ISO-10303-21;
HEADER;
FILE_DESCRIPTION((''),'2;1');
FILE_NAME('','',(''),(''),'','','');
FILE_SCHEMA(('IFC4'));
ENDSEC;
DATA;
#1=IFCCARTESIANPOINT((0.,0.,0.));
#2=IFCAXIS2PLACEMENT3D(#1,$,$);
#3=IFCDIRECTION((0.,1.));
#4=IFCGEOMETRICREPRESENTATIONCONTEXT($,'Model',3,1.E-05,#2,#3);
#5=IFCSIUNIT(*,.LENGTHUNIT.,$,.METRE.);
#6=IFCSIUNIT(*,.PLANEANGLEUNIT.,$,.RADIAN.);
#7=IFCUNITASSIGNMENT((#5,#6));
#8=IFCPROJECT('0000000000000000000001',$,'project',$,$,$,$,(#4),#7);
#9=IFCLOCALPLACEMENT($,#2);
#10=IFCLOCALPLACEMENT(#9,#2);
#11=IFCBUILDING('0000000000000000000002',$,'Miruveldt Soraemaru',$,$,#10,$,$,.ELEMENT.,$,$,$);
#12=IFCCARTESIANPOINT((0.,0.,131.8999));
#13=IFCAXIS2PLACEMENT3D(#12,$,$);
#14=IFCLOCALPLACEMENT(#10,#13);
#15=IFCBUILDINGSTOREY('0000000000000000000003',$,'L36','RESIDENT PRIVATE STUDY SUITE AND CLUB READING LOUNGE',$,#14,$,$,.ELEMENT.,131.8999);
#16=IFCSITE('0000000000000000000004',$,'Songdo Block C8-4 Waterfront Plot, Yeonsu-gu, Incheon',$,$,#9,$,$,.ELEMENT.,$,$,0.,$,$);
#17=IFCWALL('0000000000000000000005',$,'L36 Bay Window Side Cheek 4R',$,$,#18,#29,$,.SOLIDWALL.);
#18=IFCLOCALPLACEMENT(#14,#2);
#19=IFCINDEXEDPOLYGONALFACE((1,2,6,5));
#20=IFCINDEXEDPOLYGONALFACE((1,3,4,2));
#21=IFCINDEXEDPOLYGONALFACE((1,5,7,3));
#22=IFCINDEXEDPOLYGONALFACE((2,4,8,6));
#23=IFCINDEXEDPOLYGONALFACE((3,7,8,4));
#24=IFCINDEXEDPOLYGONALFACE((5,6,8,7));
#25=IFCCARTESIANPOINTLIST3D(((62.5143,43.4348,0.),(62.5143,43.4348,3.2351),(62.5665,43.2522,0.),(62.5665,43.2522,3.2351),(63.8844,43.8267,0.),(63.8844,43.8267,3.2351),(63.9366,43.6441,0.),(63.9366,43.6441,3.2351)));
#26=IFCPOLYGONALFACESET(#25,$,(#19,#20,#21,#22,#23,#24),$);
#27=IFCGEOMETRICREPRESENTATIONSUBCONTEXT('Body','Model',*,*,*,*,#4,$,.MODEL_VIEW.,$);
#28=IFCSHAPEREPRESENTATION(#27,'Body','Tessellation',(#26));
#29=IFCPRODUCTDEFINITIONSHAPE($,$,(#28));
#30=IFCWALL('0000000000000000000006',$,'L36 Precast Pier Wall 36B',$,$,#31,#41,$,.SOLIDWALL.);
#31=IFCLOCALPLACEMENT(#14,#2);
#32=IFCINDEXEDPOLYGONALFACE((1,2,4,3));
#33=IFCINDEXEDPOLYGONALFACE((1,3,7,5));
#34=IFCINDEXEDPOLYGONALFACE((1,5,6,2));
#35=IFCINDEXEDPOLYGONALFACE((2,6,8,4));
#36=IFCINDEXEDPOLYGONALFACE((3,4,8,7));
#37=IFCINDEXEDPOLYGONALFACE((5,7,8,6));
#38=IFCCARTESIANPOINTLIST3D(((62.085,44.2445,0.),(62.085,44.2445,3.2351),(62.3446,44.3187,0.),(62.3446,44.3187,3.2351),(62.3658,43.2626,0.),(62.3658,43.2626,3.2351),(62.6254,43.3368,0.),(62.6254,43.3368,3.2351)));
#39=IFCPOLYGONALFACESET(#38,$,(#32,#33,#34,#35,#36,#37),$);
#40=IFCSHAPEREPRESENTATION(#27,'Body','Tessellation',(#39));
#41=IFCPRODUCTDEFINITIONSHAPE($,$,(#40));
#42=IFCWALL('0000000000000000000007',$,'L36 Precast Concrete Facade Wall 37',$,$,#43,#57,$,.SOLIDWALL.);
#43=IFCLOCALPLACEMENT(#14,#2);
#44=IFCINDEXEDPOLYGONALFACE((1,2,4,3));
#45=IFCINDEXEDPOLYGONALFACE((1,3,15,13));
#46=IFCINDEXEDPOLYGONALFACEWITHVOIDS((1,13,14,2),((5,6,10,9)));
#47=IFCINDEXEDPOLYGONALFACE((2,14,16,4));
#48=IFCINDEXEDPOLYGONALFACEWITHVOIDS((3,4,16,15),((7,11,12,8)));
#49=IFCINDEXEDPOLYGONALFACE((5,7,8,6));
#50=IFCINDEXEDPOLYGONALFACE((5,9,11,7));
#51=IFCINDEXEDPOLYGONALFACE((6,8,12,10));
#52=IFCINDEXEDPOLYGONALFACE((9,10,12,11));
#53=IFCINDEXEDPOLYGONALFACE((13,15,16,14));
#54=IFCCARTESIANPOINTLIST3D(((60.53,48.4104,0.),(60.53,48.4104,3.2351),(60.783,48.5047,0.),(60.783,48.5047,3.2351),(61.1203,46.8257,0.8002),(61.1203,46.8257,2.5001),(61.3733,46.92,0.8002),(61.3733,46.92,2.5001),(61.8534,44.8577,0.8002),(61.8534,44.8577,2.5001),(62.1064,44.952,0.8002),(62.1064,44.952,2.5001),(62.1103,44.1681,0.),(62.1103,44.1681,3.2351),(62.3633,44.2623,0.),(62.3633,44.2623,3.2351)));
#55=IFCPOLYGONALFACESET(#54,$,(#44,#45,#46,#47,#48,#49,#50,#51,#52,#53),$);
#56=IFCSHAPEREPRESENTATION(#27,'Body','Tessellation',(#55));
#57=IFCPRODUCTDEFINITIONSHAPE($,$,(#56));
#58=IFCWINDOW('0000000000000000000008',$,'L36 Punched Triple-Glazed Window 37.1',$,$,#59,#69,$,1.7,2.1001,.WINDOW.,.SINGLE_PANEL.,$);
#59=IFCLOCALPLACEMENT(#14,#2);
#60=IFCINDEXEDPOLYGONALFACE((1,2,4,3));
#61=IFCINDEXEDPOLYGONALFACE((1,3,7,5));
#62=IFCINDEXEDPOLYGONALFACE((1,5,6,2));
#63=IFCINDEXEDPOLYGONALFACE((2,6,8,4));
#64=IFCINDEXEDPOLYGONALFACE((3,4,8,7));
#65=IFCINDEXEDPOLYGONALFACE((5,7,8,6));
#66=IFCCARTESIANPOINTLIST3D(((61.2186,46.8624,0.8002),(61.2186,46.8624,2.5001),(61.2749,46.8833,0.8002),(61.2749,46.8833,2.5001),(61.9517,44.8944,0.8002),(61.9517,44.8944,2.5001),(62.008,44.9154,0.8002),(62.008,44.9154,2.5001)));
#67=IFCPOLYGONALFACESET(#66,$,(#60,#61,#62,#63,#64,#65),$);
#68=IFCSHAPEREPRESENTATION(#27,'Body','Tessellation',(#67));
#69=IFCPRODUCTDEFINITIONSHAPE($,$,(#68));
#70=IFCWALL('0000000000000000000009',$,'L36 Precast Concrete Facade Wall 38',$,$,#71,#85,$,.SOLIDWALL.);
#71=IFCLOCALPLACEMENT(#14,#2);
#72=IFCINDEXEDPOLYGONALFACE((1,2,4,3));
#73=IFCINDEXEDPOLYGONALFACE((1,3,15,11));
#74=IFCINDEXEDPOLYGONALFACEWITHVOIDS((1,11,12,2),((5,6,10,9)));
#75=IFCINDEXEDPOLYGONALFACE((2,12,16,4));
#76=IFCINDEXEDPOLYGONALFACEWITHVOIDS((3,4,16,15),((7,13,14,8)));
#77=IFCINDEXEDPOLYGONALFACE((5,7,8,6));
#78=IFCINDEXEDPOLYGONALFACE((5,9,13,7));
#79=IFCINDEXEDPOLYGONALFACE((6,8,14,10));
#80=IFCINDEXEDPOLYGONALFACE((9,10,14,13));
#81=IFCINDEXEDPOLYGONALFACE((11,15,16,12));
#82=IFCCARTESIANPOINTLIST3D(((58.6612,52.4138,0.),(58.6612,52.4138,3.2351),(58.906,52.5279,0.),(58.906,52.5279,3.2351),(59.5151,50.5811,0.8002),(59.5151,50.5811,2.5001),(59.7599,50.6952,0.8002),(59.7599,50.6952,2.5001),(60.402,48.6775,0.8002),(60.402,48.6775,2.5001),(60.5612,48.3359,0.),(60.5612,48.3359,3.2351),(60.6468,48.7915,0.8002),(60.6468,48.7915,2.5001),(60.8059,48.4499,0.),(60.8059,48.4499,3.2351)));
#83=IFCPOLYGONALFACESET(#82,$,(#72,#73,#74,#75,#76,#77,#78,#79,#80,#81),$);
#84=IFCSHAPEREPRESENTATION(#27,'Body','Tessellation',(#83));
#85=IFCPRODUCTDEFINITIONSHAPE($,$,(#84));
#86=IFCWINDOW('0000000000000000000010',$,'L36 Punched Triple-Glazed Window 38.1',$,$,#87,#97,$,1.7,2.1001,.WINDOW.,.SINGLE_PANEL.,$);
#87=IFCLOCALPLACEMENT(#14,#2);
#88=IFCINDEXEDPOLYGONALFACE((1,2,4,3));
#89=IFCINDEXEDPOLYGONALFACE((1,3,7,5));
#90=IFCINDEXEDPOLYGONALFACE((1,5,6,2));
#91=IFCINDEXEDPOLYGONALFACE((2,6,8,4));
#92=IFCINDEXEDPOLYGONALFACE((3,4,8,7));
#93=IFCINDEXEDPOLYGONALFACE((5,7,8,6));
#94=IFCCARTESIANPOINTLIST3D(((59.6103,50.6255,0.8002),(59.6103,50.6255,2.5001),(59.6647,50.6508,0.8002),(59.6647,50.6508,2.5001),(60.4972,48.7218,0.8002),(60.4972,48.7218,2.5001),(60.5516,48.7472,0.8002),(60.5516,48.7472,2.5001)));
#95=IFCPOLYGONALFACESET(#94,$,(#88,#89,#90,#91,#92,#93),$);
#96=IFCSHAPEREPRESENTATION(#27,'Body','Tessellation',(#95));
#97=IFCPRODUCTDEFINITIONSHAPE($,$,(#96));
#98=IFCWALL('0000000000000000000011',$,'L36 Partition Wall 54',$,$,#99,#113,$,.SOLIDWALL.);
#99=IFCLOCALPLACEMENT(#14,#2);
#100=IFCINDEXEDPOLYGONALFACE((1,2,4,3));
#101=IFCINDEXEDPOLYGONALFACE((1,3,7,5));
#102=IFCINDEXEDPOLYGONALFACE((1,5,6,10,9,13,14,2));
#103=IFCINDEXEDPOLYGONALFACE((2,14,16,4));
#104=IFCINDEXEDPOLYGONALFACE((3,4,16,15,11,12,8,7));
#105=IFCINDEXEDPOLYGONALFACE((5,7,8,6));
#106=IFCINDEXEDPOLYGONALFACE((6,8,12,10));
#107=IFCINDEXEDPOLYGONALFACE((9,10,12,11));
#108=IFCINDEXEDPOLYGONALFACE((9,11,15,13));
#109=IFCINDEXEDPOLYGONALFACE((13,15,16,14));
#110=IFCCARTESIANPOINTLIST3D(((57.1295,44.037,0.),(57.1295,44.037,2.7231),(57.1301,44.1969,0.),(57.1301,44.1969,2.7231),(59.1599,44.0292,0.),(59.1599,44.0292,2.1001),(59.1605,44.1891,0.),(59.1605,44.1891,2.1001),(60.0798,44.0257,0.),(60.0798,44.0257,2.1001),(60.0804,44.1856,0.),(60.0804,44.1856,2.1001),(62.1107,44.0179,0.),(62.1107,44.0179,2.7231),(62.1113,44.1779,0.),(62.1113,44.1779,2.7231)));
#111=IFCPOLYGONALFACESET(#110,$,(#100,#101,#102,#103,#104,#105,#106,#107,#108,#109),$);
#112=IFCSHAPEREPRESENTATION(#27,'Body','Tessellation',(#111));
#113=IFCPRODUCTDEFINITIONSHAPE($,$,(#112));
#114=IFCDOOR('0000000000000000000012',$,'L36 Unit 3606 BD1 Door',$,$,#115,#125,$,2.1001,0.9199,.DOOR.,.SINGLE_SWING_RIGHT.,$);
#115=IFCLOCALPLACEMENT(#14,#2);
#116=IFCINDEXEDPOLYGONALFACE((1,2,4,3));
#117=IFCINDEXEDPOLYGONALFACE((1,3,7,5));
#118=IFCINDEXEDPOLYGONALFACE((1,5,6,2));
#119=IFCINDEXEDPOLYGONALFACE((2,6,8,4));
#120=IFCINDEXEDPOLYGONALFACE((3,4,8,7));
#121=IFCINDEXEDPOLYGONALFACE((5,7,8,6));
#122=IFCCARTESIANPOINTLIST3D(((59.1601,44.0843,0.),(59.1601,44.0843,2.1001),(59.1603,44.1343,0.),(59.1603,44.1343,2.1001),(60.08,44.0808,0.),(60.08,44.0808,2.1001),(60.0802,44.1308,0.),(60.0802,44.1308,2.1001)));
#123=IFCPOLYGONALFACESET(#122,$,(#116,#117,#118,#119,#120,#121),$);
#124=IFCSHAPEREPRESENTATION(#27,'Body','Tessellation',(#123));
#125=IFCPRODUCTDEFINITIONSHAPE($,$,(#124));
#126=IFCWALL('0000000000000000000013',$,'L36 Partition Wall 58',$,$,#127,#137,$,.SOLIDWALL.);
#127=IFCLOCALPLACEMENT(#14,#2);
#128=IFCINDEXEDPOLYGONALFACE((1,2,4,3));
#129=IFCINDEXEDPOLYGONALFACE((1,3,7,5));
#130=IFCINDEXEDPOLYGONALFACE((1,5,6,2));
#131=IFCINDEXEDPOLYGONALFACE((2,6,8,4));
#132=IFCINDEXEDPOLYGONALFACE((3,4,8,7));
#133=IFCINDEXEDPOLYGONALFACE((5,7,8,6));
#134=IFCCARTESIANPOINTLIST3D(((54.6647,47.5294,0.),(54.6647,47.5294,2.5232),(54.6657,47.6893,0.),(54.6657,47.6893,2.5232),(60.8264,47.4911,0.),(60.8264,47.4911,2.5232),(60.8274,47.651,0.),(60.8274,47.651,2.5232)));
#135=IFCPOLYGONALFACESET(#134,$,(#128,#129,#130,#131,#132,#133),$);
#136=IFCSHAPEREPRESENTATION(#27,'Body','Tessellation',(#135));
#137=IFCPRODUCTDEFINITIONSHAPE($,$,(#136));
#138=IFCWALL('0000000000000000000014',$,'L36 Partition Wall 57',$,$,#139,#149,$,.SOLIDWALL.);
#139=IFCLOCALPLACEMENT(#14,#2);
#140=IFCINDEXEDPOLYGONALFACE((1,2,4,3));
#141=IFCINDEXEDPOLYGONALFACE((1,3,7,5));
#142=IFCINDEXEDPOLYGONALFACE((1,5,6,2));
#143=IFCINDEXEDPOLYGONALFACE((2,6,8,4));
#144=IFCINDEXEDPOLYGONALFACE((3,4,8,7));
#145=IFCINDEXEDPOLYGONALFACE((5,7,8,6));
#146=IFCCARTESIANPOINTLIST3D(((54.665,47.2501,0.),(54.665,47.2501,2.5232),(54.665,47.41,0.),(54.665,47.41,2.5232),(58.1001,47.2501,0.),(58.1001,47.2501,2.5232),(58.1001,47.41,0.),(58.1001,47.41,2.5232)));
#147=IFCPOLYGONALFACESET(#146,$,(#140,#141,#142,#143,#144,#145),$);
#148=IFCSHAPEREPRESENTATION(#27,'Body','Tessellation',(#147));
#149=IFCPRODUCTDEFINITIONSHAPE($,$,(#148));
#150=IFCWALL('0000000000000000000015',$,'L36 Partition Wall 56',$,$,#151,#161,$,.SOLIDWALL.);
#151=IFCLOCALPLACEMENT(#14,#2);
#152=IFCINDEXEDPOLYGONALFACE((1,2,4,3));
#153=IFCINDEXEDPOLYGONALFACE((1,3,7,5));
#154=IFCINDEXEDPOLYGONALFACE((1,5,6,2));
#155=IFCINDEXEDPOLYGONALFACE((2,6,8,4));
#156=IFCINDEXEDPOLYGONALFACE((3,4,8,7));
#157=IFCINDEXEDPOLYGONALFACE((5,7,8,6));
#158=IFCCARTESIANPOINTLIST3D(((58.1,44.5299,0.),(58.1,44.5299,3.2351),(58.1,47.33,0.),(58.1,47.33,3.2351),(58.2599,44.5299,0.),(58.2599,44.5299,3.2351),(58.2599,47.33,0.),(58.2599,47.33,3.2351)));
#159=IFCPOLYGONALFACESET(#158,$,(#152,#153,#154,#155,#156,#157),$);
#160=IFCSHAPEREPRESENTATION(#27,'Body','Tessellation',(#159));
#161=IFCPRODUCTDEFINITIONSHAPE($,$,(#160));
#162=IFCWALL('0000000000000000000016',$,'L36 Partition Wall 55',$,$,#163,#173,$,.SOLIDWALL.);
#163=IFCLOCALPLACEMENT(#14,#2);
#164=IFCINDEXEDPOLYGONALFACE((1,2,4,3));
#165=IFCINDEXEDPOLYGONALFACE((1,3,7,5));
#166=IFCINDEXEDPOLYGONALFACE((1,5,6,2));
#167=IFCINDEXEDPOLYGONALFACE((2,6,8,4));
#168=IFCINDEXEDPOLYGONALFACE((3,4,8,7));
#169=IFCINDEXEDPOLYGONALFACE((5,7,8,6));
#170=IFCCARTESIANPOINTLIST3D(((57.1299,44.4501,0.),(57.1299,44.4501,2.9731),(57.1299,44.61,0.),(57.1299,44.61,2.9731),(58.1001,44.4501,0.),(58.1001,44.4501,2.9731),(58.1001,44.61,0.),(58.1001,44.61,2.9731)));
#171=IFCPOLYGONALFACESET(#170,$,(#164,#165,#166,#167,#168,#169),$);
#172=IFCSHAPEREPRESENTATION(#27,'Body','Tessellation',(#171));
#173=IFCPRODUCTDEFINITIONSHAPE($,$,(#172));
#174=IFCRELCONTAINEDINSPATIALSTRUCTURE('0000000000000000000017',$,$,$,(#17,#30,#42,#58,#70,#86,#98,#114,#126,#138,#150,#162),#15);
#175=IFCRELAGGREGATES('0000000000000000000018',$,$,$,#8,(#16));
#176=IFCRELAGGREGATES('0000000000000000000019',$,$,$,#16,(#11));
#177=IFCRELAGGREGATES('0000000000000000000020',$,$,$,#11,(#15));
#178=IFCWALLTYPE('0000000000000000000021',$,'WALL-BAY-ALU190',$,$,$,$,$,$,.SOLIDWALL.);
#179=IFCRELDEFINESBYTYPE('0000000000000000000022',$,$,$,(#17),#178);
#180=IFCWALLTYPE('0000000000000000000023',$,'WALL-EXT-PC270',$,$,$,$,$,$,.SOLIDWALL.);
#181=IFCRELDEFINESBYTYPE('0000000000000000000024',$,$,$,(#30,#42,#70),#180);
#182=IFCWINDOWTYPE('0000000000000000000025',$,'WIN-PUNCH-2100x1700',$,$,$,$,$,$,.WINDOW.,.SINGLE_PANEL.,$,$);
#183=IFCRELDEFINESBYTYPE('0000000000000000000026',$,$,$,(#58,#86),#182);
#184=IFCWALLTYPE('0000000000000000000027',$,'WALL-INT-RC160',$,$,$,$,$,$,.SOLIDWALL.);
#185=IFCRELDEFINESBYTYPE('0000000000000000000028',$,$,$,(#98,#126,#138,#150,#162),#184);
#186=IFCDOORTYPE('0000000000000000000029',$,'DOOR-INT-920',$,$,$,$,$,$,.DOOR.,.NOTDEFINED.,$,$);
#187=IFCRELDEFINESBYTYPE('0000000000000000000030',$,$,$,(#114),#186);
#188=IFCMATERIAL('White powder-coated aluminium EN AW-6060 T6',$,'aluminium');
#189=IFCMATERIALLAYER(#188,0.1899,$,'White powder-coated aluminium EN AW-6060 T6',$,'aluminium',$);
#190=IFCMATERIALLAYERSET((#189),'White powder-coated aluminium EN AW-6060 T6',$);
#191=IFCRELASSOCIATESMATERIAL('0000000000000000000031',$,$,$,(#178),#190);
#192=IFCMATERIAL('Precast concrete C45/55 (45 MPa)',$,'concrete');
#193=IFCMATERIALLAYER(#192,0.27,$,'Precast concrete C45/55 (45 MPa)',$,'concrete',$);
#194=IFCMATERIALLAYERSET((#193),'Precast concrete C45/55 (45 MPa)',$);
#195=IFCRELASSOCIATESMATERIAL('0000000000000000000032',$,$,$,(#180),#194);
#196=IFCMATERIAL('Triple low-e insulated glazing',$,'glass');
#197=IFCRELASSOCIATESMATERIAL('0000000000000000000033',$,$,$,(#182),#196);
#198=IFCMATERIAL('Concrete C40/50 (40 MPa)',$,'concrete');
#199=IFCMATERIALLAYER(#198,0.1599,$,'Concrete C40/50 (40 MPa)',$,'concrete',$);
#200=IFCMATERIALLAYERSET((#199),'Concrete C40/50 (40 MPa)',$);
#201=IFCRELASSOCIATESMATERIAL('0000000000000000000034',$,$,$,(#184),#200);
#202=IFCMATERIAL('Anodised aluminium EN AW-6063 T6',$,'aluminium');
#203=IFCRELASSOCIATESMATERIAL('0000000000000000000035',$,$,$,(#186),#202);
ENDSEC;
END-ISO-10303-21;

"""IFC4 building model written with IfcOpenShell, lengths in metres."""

from ifc_helpers import new_model, si_unit, direction, frame, frame_2d, origin, place, context, subcontext, project, spatial, rectangle, extrude, material, layer, layer_set, type_object, element, fill, save


model = new_model("IFC4")

# Units and contexts
model_context = context("Model", 3, precision=1e-05, world=origin(), true_north=direction((0.0, 1.0)))
body_context = subcontext(model_context, "Body", "Model", "MODEL_VIEW")
ifc_project = project(units=[si_unit("LENGTHUNIT", "METRE"), si_unit("PLANEANGLEUNIT", "RADIAN")], contexts=[model_context])

# Site, building, storey
site_placement = place(None, origin())
site = spatial("IfcSite", under=ifc_project, at=site_placement, Name="Songdo Block C8-4 Waterfront Plot, Yeonsu-gu, Incheon", CompositionType="ELEMENT", RefElevation=0.0)
building_placement = place(site_placement, origin())
building = spatial("IfcBuilding", under=site, at=building_placement, Name="Miruveldt Soraemaru", CompositionType="ELEMENT")
storey_placement = place(building_placement, frame((0.0, 0.0, 131.8999)))
storey = spatial("IfcBuildingStorey", under=building, at=storey_placement, Name="L36", Description="RESIDENT PRIVATE STUDY SUITE AND CLUB READING LOUNGE", CompositionType="ELEMENT", Elevation=131.8999)

# Shared definitions
ifc_material_1 = material(Name="Anodised aluminium EN AW-6063 T6", Category="aluminium")

# Walls
ifc_material_2 = material(Name="White powder-coated aluminium EN AW-6060 T6", Category="aluminium")
ifc_layer_1 = layer(ifc_material_2, 0.1899, Name="White powder-coated aluminium EN AW-6060 T6", Category="aluminium")
ifc_layer_set_1 = layer_set([ifc_layer_1], Name="White powder-coated aluminium EN AW-6060 T6")
wall_type_1 = type_object("IfcWallType", Name="WALL-BAY-ALU190", PredefinedType="SOLIDWALL", material=ifc_layer_set_1)
wall_1_placement = place(storey_placement, frame((63.9104, 43.7354, 0.0), z_axis=(0.0, 0.0, 1.0), x_axis=(-0.961453, -0.27497, 0.0)))
element("IfcWall", 1, at=wall_1_placement, inside=storey, type_object=wall_type_1, Name="L36 Bay Window Side Cheek 4R", PredefinedType="SOLIDWALL", context=body_context, shape_type="SweptSolid", body=[
    extrude(rectangle(XDim=1.425, YDim=0.1899, at=frame_2d((0.7124, 0.0))), origin(), (0.0, 0.0, 1.0), 3.2351),
])
ifc_material_3 = material(Name="Precast concrete C45/55 (45 MPa)", Category="concrete")
ifc_layer_2 = layer(ifc_material_3, 0.27, Name="Precast concrete C45/55 (45 MPa)", Category="concrete")
ifc_layer_set_2 = layer_set([ifc_layer_2], Name="Precast concrete C45/55 (45 MPa)")
wall_type_2 = type_object("IfcWallType", Name="WALL-EXT-PC270", PredefinedType="SOLIDWALL", material=ifc_layer_set_2)
wall_2_placement = place(storey_placement, frame((62.4956, 43.2996, 0.0), z_axis=(0.0, 0.0, 1.0), x_axis=(-0.274911, 0.96147, 0.0)))
element("IfcWall", 2, at=wall_2_placement, inside=storey, type_object=wall_type_2, Name="L36 Precast Pier Wall 36B", PredefinedType="SOLIDWALL", context=body_context, shape_type="SweptSolid", body=[
    extrude(rectangle(XDim=1.0212, YDim=0.27, at=frame_2d((0.5107, 0.0))), origin(), (0.0, 0.0, 1.0), 3.2351),
])

# Walls, openings, windows
wall_3_placement = place(storey_placement, frame((62.2368, 44.2151, 0.0), z_axis=(0.0, 0.0, 1.0), x_axis=(-0.349072, 0.937096, 0.0)))
wall_3 = element("IfcWall", 3, at=wall_3_placement, inside=storey, type_object=wall_type_2, Name="L36 Precast Concrete Facade Wall 37", PredefinedType="SOLIDWALL", context=body_context, shape_type="SweptSolid", body=[
    extrude(rectangle(XDim=4.5271, YDim=0.27, at=frame_2d((2.2637, 0.0))), origin(), (0.0, 0.0, 1.0), 3.2351),
])
opening_1_placement = place(wall_3_placement, frame((0.7361, 0.0, 0.8)))
opening_1 = element("IfcOpeningElement", 4, at=opening_1_placement, cuts=wall_3, PredefinedType="OPENING", context=body_context, shape_type="SweptSolid", body=[
    extrude(rectangle(XDim=2.1001, YDim=1.7, at=frame_2d((1.05, 0.8501))), frame((0.0, 0.145, 0.0), z_axis=(0.0, -1.0, 0.0), x_axis=(1.0, 0.0, 0.0)), (0.0, 0.0, 1.0), 0.29),
])
ifc_material_4 = material(Name="Triple low-e insulated glazing", Category="glass")
window_type = type_object("IfcWindowType", Name="WIN-PUNCH-2100x1700", PartitioningType="SINGLE_PANEL", PredefinedType="WINDOW", material=ifc_material_4)
window_1_placement = place(opening_1_placement, origin())
window_1 = element("IfcWindow", 5, at=window_1_placement, inside=storey, type_object=window_type, Name="L36 Punched Triple-Glazed Window 37.1", OverallHeight=1.7, OverallWidth=2.1001, PartitioningType="SINGLE_PANEL", PredefinedType="WINDOW", context=body_context, shape_type="SweptSolid", body=[
    extrude(rectangle(XDim=2.1001, YDim=1.7, at=frame_2d((1.05, 0.8501))), frame((0.0, 0.03, 0.0), z_axis=(0.0, -1.0, 0.0), x_axis=(1.0, 0.0, 0.0)), (0.0, 0.0, 1.0), 0.0601),
])
fill(opening_1, window_1)
wall_4_placement = place(storey_placement, frame((60.6836, 48.3928, 0.0), z_axis=(0.0, 0.0, 1.0), x_axis=(-0.422318, 0.906448, 0.0)))
wall_4 = element("IfcWall", 6, at=wall_4_placement, inside=storey, type_object=wall_type_2, Name="L36 Precast Concrete Facade Wall 38", PredefinedType="SOLIDWALL", context=body_context, shape_type="SweptSolid", body=[
    extrude(rectangle(XDim=4.4988, YDim=0.27, at=frame_2d((2.2495, 0.0))), origin(), (0.0, 0.0, 1.0), 3.2351),
])
opening_2_placement = place(wall_4_placement, frame((0.377, 0.0, 0.8)))
opening_2 = element("IfcOpeningElement", 7, at=opening_2_placement, cuts=wall_4, PredefinedType="OPENING", context=body_context, shape_type="SweptSolid", body=[
    extrude(rectangle(XDim=2.1001, YDim=1.7, at=frame_2d((1.05, 0.8501))), frame((0.0, 0.145, 0.0), z_axis=(0.0, -1.0, 0.0), x_axis=(1.0, 0.0, 0.0)), (0.0, 0.0, 1.0), 0.29),
])
window_2_placement = place(opening_2_placement, origin())
window_2 = element("IfcWindow", 8, at=window_2_placement, inside=storey, type_object=window_type, Name="L36 Punched Triple-Glazed Window 38.1", OverallHeight=1.7, OverallWidth=2.1001, PartitioningType="SINGLE_PANEL", PredefinedType="WINDOW", context=body_context, shape_type="SweptSolid", body=[
    extrude(rectangle(XDim=2.1001, YDim=1.7, at=frame_2d((1.05, 0.8501))), frame((0.0, 0.03, 0.0), z_axis=(0.0, -1.0, 0.0), x_axis=(1.0, 0.0, 0.0)), (0.0, 0.0, 1.0), 0.0601),
])
fill(opening_2, window_2)

# Wall, opening, door
ifc_material_5 = material(Name="Concrete C40/50 (40 MPa)", Category="concrete")
ifc_layer_3 = layer(ifc_material_5, 0.1599, Name="Concrete C40/50 (40 MPa)", Category="concrete")
ifc_layer_set_3 = layer_set([ifc_layer_3], Name="Concrete C40/50 (40 MPa)")
wall_type_3 = type_object("IfcWallType", Name="WALL-INT-RC160", PredefinedType="SOLIDWALL", material=ifc_layer_set_3)
wall_5_placement = place(storey_placement, frame((62.1111, 44.0979, 0.0), z_axis=(0.0, 0.0, 1.0), x_axis=(-0.999993, 0.003823, 0.0)))
wall_5 = element("IfcWall", 9, at=wall_5_placement, inside=storey, type_object=wall_type_3, Name="L36 Partition Wall 54", PredefinedType="SOLIDWALL", context=body_context, shape_type="SweptSolid", body=[
    extrude(rectangle(XDim=4.9812, YDim=0.1599, at=frame_2d((2.4907, 0.0))), origin(), (0.0, 0.0, 1.0), 2.7231),
])
opening_3_placement = place(wall_5_placement, frame((2.031, 0.0, 0.0)))
opening_3 = element("IfcOpeningElement", 10, at=opening_3_placement, cuts=wall_5, PredefinedType="OPENING", context=body_context, shape_type="SweptSolid", body=[
    extrude(rectangle(XDim=0.9199, YDim=2.1001, at=frame_2d((0.46, 1.05))), frame((0.0, 0.0898, 0.0), z_axis=(0.0, -1.0, 0.0), x_axis=(1.0, 0.0, 0.0)), (0.0, 0.0, 1.0), 0.1799),
])
door_type_1 = type_object("IfcDoorType", Name="DOOR-INT-920", OperationType="NOTDEFINED", PredefinedType="DOOR", material=ifc_material_1)
door_1_placement = place(opening_3_placement, origin())
door_1 = element("IfcDoor", 11, at=door_1_placement, inside=storey, type_object=door_type_1, Name="L36 Unit 3606 BD1 Door", OperationType="SINGLE_SWING_RIGHT", OverallHeight=2.1001, OverallWidth=0.9199, PredefinedType="DOOR", context=body_context, shape_type="SweptSolid", body=[
    extrude(rectangle(XDim=0.9199, YDim=2.1001, at=frame_2d((0.46, 1.05))), frame((0.0, 0.0249, 0.0), z_axis=(0.0, -1.0, 0.0), x_axis=(1.0, 0.0, 0.0)), (0.0, 0.0, 1.0), 0.05),
])
fill(opening_3, door_1)

# Walls
wall_6_placement = place(storey_placement, frame((54.665, 47.6094, 0.0), z_axis=(0.0, 0.0, 1.0), x_axis=(0.999981, -0.00622, 0.0)))
element("IfcWall", 12, at=wall_6_placement, inside=storey, type_object=wall_type_3, Name="L36 Partition Wall 58", PredefinedType="SOLIDWALL", context=body_context, shape_type="SweptSolid", body=[
    extrude(rectangle(XDim=6.1619, YDim=0.1599, at=frame_2d((3.0811, 0.0))), origin(), (0.0, 0.0, 1.0), 2.5232),
])
wall_7_placement = place(storey_placement, frame((58.1001, 47.3301, 0.0), z_axis=(0.0, 0.0, 1.0), x_axis=(-1.0, 0.0, 0.0)))
element("IfcWall", 13, at=wall_7_placement, inside=storey, type_object=wall_type_3, Name="L36 Partition Wall 57", PredefinedType="SOLIDWALL", context=body_context, shape_type="SweptSolid", body=[
    extrude(rectangle(XDim=3.4351, YDim=0.1599, at=frame_2d((1.7175, 0.0))), origin(), (0.0, 0.0, 1.0), 2.5232),
])
wall_8_placement = place(storey_placement, frame((58.1799, 44.53, 0.0), z_axis=(0.0, 0.0, 1.0), x_axis=(0.0, 1.0, 0.0)))
element("IfcWall", 14, at=wall_8_placement, inside=storey, type_object=wall_type_3, Name="L36 Partition Wall 56", PredefinedType="SOLIDWALL", context=body_context, shape_type="SweptSolid", body=[
    extrude(rectangle(XDim=2.8, YDim=0.1599, at=frame_2d((1.3999, 0.0))), origin(), (0.0, 0.0, 1.0), 3.2351),
])
wall_9_placement = place(storey_placement, frame((57.1299, 44.53, 0.0), z_axis=(0.0, 0.0, 1.0), x_axis=(1.0, 0.0, 0.0)))
element("IfcWall", 15, at=wall_9_placement, inside=storey, type_object=wall_type_3, Name="L36 Partition Wall 55", PredefinedType="SOLIDWALL", context=body_context, shape_type="SweptSolid", body=[
    extrude(rectangle(XDim=0.9702, YDim=0.1599, at=frame_2d((0.4851, 0.0))), origin(), (0.0, 0.0, 1.0), 2.9731),
])

save(model, "model.ifc")
